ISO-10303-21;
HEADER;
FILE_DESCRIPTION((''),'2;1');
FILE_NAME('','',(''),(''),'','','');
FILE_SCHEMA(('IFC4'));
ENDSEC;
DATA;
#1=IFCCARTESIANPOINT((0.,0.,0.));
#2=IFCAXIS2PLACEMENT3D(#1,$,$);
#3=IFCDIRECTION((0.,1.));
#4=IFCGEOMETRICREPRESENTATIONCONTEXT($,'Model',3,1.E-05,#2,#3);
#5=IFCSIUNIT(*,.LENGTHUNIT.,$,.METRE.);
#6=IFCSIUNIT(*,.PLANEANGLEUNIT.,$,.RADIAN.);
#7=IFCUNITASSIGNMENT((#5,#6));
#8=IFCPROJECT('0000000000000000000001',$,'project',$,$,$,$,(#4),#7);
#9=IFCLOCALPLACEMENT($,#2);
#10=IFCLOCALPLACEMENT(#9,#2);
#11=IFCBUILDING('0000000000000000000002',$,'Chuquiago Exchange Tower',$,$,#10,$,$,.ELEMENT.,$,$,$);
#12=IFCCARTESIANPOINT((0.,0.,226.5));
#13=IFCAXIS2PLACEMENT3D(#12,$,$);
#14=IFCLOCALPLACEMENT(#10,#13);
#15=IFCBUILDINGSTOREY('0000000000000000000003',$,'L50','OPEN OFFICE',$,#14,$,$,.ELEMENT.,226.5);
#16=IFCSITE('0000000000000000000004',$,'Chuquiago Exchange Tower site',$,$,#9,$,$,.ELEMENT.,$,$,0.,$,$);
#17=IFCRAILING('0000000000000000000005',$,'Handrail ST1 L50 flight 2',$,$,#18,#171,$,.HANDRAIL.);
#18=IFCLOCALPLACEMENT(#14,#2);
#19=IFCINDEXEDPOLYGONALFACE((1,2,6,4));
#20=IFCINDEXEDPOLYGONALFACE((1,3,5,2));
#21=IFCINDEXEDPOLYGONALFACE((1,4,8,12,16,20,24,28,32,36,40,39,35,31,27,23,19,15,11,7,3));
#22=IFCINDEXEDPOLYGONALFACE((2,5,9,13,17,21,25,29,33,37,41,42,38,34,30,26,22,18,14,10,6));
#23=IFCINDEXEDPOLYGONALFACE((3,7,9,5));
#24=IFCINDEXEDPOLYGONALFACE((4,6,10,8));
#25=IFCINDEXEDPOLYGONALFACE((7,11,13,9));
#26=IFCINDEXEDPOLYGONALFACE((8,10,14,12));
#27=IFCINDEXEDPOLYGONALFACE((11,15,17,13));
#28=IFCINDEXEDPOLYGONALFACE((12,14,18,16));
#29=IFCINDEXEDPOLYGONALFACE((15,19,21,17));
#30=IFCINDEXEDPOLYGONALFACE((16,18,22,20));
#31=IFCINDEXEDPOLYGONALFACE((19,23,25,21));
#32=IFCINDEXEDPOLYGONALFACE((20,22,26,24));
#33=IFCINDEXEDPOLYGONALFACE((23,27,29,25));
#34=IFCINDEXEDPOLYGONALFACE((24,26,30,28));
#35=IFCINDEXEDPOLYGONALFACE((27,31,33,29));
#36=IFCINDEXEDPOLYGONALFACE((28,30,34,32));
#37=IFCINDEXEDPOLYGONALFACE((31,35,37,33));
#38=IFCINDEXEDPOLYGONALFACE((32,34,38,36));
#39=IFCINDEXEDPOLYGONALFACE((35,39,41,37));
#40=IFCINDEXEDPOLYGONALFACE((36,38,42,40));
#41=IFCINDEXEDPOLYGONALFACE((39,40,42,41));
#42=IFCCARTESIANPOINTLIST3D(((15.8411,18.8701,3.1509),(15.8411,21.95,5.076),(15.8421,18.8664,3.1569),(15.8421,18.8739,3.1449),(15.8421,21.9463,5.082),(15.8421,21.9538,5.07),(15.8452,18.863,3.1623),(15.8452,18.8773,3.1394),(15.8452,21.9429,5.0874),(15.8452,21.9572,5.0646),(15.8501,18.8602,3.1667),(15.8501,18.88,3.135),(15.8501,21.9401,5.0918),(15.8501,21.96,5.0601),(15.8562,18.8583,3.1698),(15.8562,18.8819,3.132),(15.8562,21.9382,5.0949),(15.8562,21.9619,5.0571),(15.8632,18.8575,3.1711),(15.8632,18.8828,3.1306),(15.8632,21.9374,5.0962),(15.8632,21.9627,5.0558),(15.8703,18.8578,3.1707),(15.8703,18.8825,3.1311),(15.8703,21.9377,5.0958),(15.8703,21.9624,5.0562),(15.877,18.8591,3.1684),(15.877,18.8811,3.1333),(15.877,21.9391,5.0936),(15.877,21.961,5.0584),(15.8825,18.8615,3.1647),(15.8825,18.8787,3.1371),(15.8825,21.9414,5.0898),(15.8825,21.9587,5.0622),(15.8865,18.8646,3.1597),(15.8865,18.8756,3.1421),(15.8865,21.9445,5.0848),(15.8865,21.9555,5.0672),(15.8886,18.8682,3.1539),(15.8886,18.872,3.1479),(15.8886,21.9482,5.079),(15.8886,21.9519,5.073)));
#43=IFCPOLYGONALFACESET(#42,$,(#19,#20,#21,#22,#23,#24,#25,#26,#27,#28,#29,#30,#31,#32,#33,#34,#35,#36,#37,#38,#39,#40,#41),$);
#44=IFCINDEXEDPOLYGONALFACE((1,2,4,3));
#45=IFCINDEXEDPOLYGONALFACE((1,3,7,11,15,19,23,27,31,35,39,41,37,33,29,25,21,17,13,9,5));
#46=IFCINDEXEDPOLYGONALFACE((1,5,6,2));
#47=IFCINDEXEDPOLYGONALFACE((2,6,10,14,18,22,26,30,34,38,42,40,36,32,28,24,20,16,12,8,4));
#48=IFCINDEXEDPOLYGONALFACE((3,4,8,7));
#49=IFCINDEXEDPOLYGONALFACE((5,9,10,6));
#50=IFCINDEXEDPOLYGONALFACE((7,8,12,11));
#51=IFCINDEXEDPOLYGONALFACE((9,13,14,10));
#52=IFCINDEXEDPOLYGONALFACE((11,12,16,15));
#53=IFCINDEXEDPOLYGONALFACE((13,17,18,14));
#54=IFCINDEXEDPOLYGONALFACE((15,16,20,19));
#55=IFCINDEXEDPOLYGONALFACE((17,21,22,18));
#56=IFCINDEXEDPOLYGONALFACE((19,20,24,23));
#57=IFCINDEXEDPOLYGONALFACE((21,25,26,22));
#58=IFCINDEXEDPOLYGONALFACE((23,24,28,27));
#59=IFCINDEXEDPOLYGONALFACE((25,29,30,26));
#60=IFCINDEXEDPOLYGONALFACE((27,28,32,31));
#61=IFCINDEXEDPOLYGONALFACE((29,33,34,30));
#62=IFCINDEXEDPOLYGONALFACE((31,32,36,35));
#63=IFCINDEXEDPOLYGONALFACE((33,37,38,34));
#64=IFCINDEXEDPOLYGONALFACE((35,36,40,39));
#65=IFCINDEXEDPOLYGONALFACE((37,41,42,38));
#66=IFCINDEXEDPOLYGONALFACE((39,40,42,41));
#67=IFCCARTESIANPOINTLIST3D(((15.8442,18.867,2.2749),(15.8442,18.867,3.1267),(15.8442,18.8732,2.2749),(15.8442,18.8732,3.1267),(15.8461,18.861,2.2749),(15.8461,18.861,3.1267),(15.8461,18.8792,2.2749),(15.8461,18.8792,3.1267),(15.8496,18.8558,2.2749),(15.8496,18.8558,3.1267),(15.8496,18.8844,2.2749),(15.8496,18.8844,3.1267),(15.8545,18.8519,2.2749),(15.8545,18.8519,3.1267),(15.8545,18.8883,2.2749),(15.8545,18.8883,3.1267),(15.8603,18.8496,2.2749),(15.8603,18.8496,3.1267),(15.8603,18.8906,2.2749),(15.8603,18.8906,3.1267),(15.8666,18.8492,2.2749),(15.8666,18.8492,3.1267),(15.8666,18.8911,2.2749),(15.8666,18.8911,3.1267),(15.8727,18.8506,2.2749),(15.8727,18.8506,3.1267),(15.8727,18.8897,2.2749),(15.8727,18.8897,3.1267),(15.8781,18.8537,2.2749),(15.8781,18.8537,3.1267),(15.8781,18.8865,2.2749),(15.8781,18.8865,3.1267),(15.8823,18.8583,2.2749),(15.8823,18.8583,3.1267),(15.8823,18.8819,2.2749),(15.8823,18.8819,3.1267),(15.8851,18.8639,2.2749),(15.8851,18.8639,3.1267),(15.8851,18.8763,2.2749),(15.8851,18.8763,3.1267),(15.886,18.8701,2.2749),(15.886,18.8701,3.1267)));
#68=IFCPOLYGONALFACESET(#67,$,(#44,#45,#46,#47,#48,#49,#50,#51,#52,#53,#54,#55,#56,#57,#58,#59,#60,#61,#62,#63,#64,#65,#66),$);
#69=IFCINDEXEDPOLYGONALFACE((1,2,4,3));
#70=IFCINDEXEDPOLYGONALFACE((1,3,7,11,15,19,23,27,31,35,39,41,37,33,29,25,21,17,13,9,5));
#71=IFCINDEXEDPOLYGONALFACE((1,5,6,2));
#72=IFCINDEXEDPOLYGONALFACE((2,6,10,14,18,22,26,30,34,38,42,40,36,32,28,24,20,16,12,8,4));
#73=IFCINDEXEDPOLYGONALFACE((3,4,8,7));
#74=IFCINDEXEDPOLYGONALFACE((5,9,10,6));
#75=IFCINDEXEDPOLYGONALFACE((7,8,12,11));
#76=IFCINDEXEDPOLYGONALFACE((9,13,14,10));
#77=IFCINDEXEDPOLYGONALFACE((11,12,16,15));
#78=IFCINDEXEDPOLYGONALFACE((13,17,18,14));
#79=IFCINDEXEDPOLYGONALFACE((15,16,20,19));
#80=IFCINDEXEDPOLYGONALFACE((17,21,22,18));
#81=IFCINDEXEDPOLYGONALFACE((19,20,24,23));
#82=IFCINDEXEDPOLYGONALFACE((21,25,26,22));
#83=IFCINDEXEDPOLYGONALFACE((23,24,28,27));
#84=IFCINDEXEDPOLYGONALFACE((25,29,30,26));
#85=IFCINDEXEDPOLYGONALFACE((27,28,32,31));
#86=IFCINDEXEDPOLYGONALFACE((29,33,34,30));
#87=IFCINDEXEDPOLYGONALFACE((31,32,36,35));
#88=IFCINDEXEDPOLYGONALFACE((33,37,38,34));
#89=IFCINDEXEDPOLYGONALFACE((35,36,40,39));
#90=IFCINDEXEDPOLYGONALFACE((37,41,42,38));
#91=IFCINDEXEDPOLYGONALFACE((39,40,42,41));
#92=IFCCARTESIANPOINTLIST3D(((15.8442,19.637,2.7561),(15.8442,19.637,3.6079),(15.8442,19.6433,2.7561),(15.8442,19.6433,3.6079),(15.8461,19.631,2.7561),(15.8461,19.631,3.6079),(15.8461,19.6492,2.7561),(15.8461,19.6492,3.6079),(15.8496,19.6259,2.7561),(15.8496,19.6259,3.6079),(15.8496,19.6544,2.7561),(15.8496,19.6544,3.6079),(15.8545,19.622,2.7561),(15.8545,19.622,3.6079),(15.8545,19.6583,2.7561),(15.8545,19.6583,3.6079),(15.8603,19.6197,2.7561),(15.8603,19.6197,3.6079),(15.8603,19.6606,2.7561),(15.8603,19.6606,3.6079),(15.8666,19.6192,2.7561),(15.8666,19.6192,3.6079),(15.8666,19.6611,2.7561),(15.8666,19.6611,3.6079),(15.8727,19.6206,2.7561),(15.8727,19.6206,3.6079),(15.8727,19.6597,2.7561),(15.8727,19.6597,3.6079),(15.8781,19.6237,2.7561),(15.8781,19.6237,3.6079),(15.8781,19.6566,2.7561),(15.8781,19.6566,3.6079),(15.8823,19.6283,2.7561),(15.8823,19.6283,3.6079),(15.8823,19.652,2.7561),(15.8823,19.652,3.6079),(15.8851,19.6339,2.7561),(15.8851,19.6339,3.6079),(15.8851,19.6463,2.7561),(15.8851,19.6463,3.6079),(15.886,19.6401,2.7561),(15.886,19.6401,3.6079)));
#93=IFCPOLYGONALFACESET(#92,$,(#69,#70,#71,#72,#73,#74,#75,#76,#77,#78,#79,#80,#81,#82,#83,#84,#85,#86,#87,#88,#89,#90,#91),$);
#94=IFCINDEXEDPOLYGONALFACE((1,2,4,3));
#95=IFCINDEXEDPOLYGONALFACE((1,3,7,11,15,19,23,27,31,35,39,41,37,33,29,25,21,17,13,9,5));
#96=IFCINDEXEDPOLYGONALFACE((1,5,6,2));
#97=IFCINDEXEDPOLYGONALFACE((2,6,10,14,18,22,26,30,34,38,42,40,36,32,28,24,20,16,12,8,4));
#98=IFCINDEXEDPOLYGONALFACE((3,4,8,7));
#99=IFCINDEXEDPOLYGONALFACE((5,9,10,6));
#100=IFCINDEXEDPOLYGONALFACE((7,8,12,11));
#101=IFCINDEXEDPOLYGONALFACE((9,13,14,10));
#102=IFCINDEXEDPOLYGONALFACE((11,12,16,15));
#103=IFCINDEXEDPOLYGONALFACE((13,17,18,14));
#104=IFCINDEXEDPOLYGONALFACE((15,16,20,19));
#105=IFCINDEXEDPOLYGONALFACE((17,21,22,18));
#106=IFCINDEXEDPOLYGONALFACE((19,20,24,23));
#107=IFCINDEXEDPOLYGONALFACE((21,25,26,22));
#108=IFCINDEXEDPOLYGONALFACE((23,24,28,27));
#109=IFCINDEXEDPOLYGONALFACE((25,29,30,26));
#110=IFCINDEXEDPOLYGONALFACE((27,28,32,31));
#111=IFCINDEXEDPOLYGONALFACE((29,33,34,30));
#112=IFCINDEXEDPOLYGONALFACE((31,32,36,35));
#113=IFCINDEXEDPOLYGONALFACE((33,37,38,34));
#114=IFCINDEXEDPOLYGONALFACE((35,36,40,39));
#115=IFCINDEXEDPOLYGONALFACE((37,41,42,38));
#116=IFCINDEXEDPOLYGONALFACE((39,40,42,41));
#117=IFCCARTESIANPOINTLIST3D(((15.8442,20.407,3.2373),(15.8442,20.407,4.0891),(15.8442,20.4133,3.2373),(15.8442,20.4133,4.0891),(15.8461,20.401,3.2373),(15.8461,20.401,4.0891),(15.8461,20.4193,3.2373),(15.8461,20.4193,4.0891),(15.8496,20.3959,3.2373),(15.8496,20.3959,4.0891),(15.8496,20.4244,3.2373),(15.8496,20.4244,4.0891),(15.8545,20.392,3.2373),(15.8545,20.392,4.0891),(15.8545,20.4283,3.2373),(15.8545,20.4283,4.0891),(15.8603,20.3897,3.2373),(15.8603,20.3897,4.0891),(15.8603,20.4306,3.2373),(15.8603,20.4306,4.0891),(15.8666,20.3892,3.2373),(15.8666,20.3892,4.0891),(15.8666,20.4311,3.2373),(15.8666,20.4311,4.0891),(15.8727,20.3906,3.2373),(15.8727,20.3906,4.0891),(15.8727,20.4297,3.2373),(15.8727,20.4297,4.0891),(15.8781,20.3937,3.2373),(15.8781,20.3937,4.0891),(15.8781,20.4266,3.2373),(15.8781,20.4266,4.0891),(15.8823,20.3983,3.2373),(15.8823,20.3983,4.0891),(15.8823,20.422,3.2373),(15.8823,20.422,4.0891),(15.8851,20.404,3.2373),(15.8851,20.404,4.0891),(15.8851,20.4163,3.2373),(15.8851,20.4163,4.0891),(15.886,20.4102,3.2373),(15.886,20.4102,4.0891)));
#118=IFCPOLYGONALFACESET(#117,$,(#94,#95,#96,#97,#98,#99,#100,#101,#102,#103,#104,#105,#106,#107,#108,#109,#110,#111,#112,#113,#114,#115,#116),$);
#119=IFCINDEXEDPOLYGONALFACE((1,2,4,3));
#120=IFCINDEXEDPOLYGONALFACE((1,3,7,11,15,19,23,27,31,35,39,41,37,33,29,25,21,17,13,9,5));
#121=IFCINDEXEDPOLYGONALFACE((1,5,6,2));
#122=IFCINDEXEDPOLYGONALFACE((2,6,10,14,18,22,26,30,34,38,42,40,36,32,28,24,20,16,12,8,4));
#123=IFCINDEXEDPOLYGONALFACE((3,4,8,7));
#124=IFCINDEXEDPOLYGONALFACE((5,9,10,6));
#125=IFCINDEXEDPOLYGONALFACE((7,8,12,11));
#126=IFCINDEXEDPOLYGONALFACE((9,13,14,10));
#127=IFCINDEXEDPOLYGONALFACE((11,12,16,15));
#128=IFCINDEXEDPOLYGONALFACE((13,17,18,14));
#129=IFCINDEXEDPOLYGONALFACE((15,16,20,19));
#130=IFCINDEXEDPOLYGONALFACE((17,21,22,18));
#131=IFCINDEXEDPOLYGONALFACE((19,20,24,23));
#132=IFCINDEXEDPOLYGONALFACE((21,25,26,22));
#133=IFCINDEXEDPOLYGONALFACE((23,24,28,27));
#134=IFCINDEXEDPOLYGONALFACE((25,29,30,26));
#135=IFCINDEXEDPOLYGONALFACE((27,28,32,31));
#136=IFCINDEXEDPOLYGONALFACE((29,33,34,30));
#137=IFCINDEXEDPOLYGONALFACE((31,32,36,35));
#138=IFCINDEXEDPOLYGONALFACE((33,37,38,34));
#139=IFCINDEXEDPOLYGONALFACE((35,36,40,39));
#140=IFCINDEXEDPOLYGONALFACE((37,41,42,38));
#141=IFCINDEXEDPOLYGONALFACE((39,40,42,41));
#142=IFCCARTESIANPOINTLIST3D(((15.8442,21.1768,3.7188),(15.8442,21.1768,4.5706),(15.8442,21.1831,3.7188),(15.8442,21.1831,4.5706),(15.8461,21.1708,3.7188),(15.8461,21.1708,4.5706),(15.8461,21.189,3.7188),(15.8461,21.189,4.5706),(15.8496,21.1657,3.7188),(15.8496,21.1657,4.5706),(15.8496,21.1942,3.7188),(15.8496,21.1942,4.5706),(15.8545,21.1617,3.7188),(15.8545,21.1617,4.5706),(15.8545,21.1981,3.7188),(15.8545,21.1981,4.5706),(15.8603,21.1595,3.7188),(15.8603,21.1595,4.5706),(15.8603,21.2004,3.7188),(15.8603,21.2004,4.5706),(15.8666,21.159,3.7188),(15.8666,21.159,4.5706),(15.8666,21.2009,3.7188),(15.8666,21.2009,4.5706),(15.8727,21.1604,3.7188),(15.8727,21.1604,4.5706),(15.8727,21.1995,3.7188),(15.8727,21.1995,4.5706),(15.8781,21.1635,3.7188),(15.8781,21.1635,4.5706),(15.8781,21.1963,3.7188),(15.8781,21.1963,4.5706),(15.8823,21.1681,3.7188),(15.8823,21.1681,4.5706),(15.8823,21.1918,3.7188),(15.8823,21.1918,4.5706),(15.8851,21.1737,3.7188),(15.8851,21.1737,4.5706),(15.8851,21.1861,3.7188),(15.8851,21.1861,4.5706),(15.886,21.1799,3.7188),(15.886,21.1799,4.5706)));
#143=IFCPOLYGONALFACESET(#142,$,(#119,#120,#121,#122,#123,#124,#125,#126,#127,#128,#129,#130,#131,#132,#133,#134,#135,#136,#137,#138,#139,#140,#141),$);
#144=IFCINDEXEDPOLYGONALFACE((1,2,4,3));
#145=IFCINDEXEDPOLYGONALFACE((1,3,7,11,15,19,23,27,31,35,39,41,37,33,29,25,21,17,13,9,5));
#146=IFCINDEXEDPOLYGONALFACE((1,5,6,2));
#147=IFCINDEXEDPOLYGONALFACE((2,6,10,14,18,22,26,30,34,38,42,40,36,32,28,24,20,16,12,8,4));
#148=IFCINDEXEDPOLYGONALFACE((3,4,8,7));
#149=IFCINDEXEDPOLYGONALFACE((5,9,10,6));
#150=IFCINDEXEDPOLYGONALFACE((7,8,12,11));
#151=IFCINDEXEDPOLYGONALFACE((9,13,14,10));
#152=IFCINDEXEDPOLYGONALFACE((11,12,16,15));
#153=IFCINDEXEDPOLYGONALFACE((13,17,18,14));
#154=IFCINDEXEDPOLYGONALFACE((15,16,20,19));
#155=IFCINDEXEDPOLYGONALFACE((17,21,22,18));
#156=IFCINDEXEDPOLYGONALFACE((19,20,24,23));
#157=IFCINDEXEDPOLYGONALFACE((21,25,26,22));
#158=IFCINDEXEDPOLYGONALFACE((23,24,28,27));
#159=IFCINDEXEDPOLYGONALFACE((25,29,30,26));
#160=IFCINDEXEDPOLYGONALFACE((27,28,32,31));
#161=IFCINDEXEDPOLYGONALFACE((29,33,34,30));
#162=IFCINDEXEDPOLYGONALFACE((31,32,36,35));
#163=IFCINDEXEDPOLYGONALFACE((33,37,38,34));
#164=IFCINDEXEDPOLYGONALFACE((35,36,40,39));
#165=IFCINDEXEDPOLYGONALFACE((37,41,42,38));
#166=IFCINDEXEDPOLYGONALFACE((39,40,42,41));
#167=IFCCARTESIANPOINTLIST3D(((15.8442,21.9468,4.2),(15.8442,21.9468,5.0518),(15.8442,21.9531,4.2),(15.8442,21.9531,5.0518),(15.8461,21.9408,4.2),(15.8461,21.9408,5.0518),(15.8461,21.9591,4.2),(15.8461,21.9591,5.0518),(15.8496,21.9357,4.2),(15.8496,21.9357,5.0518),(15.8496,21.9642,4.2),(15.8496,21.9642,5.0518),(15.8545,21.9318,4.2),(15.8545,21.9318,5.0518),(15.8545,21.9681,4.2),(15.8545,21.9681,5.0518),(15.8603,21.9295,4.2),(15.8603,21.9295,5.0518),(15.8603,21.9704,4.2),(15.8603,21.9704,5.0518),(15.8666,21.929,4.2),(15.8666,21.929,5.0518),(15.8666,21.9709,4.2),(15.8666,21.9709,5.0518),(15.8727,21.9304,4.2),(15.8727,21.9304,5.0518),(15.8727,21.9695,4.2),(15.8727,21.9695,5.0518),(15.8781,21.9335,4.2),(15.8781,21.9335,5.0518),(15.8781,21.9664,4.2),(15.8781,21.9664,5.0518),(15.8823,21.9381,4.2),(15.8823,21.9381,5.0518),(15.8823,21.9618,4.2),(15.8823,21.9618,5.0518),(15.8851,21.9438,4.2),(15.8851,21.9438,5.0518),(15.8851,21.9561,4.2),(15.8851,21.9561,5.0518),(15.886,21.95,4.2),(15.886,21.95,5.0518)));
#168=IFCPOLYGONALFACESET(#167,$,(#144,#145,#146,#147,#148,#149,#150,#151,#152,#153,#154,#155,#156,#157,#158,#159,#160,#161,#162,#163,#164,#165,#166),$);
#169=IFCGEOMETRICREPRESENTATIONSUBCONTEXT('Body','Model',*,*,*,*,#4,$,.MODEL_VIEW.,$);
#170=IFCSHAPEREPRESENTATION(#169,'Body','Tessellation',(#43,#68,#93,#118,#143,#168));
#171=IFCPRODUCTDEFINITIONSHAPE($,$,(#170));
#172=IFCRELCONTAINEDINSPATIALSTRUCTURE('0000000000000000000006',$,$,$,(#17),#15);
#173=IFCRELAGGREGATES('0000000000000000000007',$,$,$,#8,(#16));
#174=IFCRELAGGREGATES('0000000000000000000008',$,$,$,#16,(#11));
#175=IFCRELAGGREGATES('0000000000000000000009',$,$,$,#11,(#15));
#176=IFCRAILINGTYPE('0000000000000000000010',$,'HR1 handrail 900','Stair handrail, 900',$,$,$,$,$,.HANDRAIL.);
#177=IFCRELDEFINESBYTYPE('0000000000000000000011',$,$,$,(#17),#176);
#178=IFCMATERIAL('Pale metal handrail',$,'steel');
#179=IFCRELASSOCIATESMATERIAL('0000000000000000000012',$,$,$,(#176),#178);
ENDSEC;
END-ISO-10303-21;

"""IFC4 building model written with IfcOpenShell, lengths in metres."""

from ifc_helpers import new_model, si_unit, direction, frame, origin, origin_2d, place, context, subcontext, project, spatial, circle, extrude, material, type_object, element, save


model = new_model("IFC4")

# Units and contexts
model_context = context("Model", 3, precision=1e-05, world=origin(), true_north=direction((0.0, 1.0)))
body_context = subcontext(model_context, "Body", "Model", "MODEL_VIEW")
ifc_project = project(units=[si_unit("LENGTHUNIT", "METRE"), si_unit("PLANEANGLEUNIT", "RADIAN")], contexts=[model_context])

# Site, building, storey
site_placement = place(None, origin())
site = spatial("IfcSite", under=ifc_project, at=site_placement, Name="Chuquiago Exchange Tower site", CompositionType="ELEMENT", RefElevation=0.0)
building_placement = place(site_placement, origin())
building = spatial("IfcBuilding", under=site, at=building_placement, Name="Chuquiago Exchange Tower", CompositionType="ELEMENT")
storey_placement = place(building_placement, frame((0.0, 0.0, 226.5)))
storey = spatial("IfcBuildingStorey", under=building, at=storey_placement, Name="L50", Description="OPEN OFFICE", CompositionType="ELEMENT", Elevation=226.5)

# Railing
ifc_material_1 = material(Name="Pale metal handrail", Category="steel")
railing_type_1 = type_object("IfcRailingType", Name="HR1 handrail 900", Description="Stair handrail, 900", PredefinedType="HANDRAIL", material=ifc_material_1)
for number, where, name in (
    (1, (15.865, 18.8701, 2.2749), "Handrail ST1 L50 flight 2"),
):
    element("IfcRailing", number, at=place(storey_placement, frame(where)), inside=storey, type_object=railing_type_1, Name=name, PredefinedType="HANDRAIL", context=body_context, shape_type="SweptSolid", body=[
        extrude(circle(Radius=0.0239, at=origin_2d()), frame((0.0, 0.0, 0.876), z_axis=(0.0, 0.847979, 0.530029), x_axis=(-1.0, 0.0, 0.0)), (0.0, 0.0, 1.0), 3.6321),
        extrude(circle(Radius=0.021, at=origin_2d()), origin(), (0.0, 0.0, 1.0), 0.8518),
        extrude(circle(Radius=0.021, at=origin_2d()), frame((0.0, 0.77, 0.4812)), (0.0, 0.0, 1.0), 0.8518),
        extrude(circle(Radius=0.021, at=origin_2d()), frame((0.0, 1.54, 0.9624)), (0.0, 0.0, 1.0), 0.8518),
        extrude(circle(Radius=0.021, at=origin_2d()), frame((0.0, 2.3098, 1.4438)), (0.0, 0.0, 1.0), 0.8518),
        extrude(circle(Radius=0.021, at=origin_2d()), frame((0.0, 3.0798, 1.925)), (0.0, 0.0, 1.0), 0.8518),
    ])

save(model, "model.ifc")
